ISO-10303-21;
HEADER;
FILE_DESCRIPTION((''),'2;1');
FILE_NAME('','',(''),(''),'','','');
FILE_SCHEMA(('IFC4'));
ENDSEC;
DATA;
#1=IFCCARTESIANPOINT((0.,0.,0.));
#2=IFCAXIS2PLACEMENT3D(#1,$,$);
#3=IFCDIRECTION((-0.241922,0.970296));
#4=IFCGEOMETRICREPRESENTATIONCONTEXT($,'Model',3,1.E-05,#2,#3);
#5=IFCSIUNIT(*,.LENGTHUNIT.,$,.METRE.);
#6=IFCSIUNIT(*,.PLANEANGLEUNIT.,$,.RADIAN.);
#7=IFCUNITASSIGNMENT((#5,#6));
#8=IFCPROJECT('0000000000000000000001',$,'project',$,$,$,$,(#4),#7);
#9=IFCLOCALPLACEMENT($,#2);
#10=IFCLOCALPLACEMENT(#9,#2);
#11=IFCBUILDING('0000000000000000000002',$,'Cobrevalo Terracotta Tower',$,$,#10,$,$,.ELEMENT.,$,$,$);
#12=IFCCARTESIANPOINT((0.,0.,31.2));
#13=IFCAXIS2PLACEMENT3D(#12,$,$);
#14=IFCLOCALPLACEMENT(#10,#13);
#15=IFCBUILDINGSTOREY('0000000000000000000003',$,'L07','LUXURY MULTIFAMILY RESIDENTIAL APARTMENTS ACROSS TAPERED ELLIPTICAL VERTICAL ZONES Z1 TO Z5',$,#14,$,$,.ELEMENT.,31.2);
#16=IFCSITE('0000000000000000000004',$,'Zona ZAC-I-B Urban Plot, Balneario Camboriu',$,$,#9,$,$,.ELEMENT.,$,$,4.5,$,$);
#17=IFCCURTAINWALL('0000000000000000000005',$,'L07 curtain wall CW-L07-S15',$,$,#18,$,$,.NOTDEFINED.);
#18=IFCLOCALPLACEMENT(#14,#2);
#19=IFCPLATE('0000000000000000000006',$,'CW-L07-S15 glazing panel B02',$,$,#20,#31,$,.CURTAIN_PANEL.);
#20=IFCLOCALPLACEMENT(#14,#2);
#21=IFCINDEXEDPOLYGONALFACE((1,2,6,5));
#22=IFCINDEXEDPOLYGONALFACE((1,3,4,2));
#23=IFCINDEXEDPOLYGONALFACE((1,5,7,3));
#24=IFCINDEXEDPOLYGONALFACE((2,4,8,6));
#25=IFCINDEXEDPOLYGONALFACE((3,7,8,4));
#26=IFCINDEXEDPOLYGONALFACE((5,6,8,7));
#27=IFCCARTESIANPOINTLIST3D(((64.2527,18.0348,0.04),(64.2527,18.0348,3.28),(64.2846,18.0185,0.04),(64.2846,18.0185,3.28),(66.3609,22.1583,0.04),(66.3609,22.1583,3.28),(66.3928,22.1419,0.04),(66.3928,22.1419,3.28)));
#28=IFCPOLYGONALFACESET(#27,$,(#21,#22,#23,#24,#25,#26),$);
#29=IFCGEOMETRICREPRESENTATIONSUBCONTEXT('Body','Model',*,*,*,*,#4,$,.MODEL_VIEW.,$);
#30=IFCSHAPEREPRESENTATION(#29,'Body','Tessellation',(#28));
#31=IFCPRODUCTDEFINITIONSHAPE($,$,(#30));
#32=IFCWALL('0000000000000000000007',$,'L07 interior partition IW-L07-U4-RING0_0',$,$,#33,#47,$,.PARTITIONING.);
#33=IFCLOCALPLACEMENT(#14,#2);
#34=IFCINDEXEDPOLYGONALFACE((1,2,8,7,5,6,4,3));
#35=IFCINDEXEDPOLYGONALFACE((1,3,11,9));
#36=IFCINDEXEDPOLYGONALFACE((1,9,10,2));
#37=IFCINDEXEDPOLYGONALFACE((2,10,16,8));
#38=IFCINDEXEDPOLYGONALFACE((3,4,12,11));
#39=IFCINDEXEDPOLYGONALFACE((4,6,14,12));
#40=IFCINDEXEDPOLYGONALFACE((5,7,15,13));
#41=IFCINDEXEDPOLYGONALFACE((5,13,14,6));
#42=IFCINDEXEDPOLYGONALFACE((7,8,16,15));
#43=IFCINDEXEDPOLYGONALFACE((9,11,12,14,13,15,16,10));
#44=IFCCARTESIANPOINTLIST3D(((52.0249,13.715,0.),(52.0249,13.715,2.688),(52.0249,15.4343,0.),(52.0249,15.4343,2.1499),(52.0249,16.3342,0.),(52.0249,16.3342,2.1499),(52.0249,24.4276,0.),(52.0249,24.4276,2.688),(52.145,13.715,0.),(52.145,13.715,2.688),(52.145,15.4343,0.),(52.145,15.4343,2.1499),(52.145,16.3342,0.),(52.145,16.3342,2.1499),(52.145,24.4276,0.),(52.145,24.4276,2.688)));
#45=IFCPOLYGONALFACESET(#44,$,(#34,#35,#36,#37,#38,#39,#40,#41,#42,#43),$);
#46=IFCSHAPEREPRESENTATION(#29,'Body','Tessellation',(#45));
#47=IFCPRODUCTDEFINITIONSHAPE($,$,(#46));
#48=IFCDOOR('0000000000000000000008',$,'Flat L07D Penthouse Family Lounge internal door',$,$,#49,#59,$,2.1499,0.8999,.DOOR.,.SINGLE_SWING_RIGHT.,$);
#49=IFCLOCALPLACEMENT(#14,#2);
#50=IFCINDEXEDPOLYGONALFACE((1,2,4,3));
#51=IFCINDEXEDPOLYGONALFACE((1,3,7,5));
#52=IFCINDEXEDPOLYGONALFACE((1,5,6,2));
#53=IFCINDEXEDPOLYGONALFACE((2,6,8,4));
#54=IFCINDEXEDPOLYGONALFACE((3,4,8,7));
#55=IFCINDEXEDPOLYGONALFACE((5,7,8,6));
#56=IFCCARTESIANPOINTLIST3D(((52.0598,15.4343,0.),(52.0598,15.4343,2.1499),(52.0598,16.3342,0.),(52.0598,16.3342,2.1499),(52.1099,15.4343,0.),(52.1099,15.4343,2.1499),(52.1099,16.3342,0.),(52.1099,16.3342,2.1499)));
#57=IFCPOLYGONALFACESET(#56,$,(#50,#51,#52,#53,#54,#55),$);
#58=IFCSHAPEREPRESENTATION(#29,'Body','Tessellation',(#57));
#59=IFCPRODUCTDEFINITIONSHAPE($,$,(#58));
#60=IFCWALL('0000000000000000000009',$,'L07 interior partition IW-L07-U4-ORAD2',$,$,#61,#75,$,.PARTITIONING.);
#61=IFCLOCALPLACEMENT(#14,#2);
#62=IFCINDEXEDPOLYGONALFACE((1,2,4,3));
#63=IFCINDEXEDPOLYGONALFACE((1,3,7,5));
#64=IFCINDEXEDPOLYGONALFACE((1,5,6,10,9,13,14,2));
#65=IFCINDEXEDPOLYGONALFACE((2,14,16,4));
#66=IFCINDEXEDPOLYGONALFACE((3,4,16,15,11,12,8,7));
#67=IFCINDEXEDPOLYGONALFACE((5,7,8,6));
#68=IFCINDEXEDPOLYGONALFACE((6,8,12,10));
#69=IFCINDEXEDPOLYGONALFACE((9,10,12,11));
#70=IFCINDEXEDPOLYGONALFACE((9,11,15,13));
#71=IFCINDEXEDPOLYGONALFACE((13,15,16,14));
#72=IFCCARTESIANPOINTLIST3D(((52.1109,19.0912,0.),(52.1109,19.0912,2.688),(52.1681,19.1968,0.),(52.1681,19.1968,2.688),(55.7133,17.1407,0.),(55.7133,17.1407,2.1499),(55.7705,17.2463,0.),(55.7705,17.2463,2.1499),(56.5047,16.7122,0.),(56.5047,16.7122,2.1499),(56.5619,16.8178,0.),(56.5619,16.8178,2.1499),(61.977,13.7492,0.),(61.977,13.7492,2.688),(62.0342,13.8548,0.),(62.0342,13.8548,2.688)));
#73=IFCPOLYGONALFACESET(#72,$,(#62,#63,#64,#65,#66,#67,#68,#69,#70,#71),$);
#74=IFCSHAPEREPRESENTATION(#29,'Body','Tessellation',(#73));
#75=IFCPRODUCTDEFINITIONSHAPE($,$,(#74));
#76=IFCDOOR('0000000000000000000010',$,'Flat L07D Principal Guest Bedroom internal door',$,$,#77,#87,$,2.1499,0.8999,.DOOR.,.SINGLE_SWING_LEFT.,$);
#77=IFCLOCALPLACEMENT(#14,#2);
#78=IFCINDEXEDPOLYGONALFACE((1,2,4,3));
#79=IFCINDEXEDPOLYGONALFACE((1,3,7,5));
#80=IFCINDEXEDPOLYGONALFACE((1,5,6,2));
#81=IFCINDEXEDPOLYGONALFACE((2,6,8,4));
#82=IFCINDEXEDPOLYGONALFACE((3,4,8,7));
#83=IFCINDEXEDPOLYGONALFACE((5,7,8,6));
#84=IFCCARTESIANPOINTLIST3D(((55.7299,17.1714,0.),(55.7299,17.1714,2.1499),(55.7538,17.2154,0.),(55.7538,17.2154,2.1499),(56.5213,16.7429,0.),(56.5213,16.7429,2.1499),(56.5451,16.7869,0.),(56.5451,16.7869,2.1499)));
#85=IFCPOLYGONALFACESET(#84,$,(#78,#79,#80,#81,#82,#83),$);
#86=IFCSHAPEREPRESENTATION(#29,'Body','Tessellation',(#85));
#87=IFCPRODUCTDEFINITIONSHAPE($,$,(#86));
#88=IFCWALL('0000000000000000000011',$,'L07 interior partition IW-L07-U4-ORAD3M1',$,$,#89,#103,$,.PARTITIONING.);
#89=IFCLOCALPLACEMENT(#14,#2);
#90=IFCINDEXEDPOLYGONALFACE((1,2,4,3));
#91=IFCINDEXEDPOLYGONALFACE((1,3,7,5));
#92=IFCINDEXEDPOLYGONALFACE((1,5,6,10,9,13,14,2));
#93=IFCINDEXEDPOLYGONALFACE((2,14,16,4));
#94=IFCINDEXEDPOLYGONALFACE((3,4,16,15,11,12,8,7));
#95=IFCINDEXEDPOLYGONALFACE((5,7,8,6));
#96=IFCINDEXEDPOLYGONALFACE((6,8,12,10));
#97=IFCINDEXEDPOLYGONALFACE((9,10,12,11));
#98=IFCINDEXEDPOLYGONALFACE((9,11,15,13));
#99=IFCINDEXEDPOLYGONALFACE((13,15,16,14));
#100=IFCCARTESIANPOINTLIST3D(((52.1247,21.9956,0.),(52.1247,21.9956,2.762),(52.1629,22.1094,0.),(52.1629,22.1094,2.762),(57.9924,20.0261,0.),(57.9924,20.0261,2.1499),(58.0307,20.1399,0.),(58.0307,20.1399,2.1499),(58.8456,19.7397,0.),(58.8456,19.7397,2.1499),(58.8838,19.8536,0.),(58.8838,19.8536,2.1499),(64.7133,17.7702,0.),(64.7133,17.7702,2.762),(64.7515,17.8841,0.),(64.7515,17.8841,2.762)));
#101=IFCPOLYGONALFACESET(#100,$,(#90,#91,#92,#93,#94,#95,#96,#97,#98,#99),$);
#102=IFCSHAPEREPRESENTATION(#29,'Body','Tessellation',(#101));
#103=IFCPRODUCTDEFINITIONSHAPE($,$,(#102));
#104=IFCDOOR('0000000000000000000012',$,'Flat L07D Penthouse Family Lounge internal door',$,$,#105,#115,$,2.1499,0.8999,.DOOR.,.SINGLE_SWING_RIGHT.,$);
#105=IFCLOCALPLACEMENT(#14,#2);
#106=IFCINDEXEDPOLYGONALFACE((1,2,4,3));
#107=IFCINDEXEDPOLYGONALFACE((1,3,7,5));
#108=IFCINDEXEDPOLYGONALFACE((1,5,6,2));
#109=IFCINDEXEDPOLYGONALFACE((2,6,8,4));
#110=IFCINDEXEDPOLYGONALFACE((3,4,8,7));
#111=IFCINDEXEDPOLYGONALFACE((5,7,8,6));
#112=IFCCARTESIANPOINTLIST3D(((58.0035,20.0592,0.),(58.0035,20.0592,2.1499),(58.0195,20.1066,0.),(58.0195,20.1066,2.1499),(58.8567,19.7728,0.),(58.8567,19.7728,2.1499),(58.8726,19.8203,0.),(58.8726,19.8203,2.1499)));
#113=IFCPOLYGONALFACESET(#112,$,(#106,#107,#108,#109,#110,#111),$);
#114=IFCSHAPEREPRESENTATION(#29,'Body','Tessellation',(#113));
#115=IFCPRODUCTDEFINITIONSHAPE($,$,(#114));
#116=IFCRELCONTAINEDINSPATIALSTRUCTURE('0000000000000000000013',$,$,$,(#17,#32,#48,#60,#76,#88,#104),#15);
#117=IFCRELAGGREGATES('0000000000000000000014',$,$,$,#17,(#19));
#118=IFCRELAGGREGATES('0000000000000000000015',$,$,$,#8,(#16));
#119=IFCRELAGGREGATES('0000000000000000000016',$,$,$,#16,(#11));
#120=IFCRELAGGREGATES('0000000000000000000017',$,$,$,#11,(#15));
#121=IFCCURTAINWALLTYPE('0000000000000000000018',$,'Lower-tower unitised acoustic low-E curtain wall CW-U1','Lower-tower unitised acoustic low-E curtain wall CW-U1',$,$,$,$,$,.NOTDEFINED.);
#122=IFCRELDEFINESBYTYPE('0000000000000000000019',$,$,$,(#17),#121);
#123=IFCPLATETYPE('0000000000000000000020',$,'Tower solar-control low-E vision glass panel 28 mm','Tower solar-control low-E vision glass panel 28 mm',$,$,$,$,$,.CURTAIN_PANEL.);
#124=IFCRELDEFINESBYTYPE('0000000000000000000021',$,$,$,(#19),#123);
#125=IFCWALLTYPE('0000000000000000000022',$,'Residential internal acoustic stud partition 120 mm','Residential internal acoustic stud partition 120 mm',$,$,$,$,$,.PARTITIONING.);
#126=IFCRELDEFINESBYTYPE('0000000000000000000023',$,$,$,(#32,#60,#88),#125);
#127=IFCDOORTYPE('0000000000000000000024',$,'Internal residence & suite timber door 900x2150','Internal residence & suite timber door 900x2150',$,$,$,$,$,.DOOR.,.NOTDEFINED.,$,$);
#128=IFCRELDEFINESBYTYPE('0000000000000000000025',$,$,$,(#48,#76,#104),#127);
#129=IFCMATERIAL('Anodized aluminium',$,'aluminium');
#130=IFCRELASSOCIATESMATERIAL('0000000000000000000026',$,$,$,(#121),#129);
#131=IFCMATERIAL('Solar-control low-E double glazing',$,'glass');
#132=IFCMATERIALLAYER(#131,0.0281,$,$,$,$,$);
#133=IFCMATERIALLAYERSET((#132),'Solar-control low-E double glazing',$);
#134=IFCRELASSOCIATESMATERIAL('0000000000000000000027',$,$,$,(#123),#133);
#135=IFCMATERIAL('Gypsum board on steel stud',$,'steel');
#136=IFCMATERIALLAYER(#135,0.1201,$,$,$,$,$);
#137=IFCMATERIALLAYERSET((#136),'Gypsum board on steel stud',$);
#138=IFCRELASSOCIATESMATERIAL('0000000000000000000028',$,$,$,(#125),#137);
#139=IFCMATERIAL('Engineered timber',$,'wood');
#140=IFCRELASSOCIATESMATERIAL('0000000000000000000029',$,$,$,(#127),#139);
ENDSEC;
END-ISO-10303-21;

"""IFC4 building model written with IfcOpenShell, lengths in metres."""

from ifc_helpers import new_model, si_unit, direction, frame, frame_2d, origin, origin_2d, place, context, subcontext, project, spatial, rectangle, extrude, source, transform, mapped, material, layer, layer_set, type_object, element, fill, aggregate, save


model = new_model("IFC4")

# Units and contexts
model_context = context("Model", 3, precision=1e-05, world=origin(), true_north=direction((-0.241922, 0.970296)))
body_context = subcontext(model_context, "Body", "Model", "MODEL_VIEW")
ifc_project = project(units=[si_unit("LENGTHUNIT", "METRE"), si_unit("PLANEANGLEUNIT", "RADIAN")], contexts=[model_context])

# Site, building, storey
site_placement = place(None, origin())
site = spatial("IfcSite", under=ifc_project, at=site_placement, Name="Zona ZAC-I-B Urban Plot, Balneario Camboriu", CompositionType="ELEMENT", RefElevation=4.5)
building_placement = place(site_placement, origin())
building = spatial("IfcBuilding", under=site, at=building_placement, Name="Cobrevalo Terracotta Tower", CompositionType="ELEMENT")
storey_placement = place(building_placement, frame((0.0, 0.0, 31.2)))
storey = spatial("IfcBuildingStorey", under=building, at=storey_placement, Name="L07", Description="LUXURY MULTIFAMILY RESIDENTIAL APARTMENTS ACROSS TAPERED ELLIPTICAL VERTICAL ZONES Z1 TO Z5", CompositionType="ELEMENT", Elevation=31.2)

# Curtain wall
ifc_material_1 = material(Name="Anodized aluminium", Category="aluminium")
curtain_wall_type = type_object("IfcCurtainWallType", Name="Lower-tower unitised acoustic low-E curtain wall CW-U1", Description="Lower-tower unitised acoustic low-E curtain wall CW-U1", PredefinedType="NOTDEFINED", material=ifc_material_1)
curtain_wall_1_placement = place(storey_placement, origin())
curtain_wall_1 = element("IfcCurtainWall", 1, at=curtain_wall_1_placement, inside=storey, type_object=curtain_wall_type, Name="L07 curtain wall CW-L07-S15", PredefinedType="NOTDEFINED")

# Plate
ifc_material_2 = material(Name="Solar-control low-E double glazing", Category="glass")
ifc_layer_1 = layer(ifc_material_2, 0.0281)
ifc_layer_set_1 = layer_set([ifc_layer_1], Name="Solar-control low-E double glazing")
plate_type = type_object("IfcPlateType", Name="Tower solar-control low-E vision glass panel 28 mm", Description="Tower solar-control low-E vision glass panel 28 mm", PredefinedType="CURTAIN_PANEL", material=ifc_layer_set_1)
shared_shape_1 = source(origin(), body_context, "Body", "SweptSolid", [
    extrude(rectangle(XDim=4.6311, YDim=0.0359, at=origin_2d()), origin(), (0.0, 0.0, 1.0), 3.24),
])
plate_1_placement = place(storey_placement, frame((65.3228, 20.0884, 0.04), z_axis=(0.0, 0.0, 1.0), x_axis=(0.455231, 0.890373, 0.0)))
plate_1 = element("IfcPlate", 2, at=plate_1_placement, type_object=plate_type, Name="CW-L07-S15 glazing panel B02", PredefinedType="CURTAIN_PANEL", context=body_context, shape_type="MappedRepresentation", body=[
    mapped(shared_shape_1, transform((0.0, 0.0, 0.0), scale=1.0)),
])
aggregate(curtain_wall_1, [plate_1])

# Walls, openings, doors
ifc_material_3 = material(Name="Gypsum board on steel stud", Category="steel")
ifc_layer_2 = layer(ifc_material_3, 0.1201)
ifc_layer_set_2 = layer_set([ifc_layer_2], Name="Gypsum board on steel stud")
wall_type = type_object("IfcWallType", Name="Residential internal acoustic stud partition 120 mm", Description="Residential internal acoustic stud partition 120 mm", PredefinedType="PARTITIONING", material=ifc_layer_set_2)
wall_1_placement = place(storey_placement, frame((52.085, 24.4277, 0.0), z_axis=(0.0, 0.0, 1.0), x_axis=(0.0, -1.0, 0.0)))
wall_1 = element("IfcWall", 3, at=wall_1_placement, inside=storey, type_object=wall_type, Name="L07 interior partition IW-L07-U4-RING0_0", PredefinedType="PARTITIONING", context=body_context, shape_type="SweptSolid", body=[
    extrude(rectangle(XDim=10.7126, YDim=0.1201, at=frame_2d((5.3564, 0.0))), origin(), (0.0, 0.0, 1.0), 2.688),
])
opening_1_placement = place(wall_1_placement, frame((8.0935, 0.0, 0.0)))
opening_1 = element("IfcOpeningElement", 4, at=opening_1_placement, cuts=wall_1, PredefinedType="OPENING", context=body_context, shape_type="SweptSolid", body=[
    extrude(rectangle(XDim=0.8999, YDim=2.1499, at=frame_2d((0.45, 1.075))), frame((0.0, 0.0701, 0.0), z_axis=(0.0, -1.0, 0.0), x_axis=(1.0, 0.0, 0.0)), (0.0, 0.0, 1.0), 0.1401),
])
ifc_material_4 = material(Name="Engineered timber", Category="wood")
door_type = type_object("IfcDoorType", Name="Internal residence & suite timber door 900x2150", Description="Internal residence & suite timber door 900x2150", OperationType="NOTDEFINED", PredefinedType="DOOR", material=ifc_material_4)
shared_shape_2 = source(origin(), body_context, "Body", "SweptSolid", [
    extrude(rectangle(XDim=0.8999, YDim=2.1499, at=frame_2d((0.45, 1.075))), frame((0.0, 0.0249, 0.0), z_axis=(0.0, -1.0, 0.0), x_axis=(1.0, 0.0, 0.0)), (0.0, 0.0, 1.0), 0.05),
])
door_1_placement = place(opening_1_placement, origin())
door_1 = element("IfcDoor", 5, at=door_1_placement, inside=storey, type_object=door_type, Name="Flat L07D Penthouse Family Lounge internal door", OperationType="SINGLE_SWING_RIGHT", OverallHeight=2.1499, OverallWidth=0.8999, PredefinedType="DOOR", context=body_context, shape_type="MappedRepresentation", body=[
    mapped(shared_shape_2, transform((0.0, 0.0, 0.0), scale=1.0)),
])
fill(opening_1, door_1)
wall_2_placement = place(storey_placement, frame((52.1394, 19.144, 0.0), z_axis=(0.0, 0.0, 1.0), x_axis=(0.879372, -0.476135, 0.0)))
wall_2 = element("IfcWall", 6, at=wall_2_placement, inside=storey, type_object=wall_type, Name="L07 interior partition IW-L07-U4-ORAD2", PredefinedType="PARTITIONING", context=body_context, shape_type="SweptSolid", body=[
    extrude(rectangle(XDim=11.2195, YDim=0.1201, at=frame_2d((5.6099, 0.0))), origin(), (0.0, 0.0, 1.0), 2.688),
])
opening_2_placement = place(wall_2_placement, frame((4.0967, 0.0, 0.0)))
opening_2 = element("IfcOpeningElement", 7, at=opening_2_placement, cuts=wall_2, PredefinedType="OPENING", context=body_context, shape_type="SweptSolid", body=[
    extrude(rectangle(XDim=0.8999, YDim=2.1499, at=frame_2d((0.45, 1.075))), frame((0.0, 0.0701, 0.0), z_axis=(0.0, -1.0, 0.0), x_axis=(1.0, 0.0, 0.0)), (0.0, 0.0, 1.0), 0.1401),
])
door_2_placement = place(opening_2_placement, origin())
door_2 = element("IfcDoor", 8, at=door_2_placement, inside=storey, type_object=door_type, Name="Flat L07D Principal Guest Bedroom internal door", OperationType="SINGLE_SWING_LEFT", OverallHeight=2.1499, OverallWidth=0.8999, PredefinedType="DOOR", context=body_context, shape_type="MappedRepresentation", body=[
    mapped(shared_shape_2, transform((0.0, 0.0, 0.0), scale=1.0)),
])
fill(opening_2, door_2)
wall_3_placement = place(storey_placement, frame((52.1438, 22.0525, 0.0), z_axis=(0.0, 0.0, 1.0), x_axis=(0.948023, -0.318202, 0.0)))
wall_3 = element("IfcWall", 9, at=wall_3_placement, inside=storey, type_object=wall_type, Name="L07 interior partition IW-L07-U4-ORAD3M1", PredefinedType="PARTITIONING", context=body_context, shape_type="SweptSolid", body=[
    extrude(rectangle(XDim=13.2788, YDim=0.1201, at=frame_2d((6.6394, 0.0))), origin(), (0.0, 0.0, 1.0), 2.762),
])
opening_3_placement = place(wall_3_placement, frame((6.1895, 0.0, 0.0)))
opening_3 = element("IfcOpeningElement", 10, at=opening_3_placement, cuts=wall_3, PredefinedType="OPENING", context=body_context, shape_type="SweptSolid", body=[
    extrude(rectangle(XDim=0.8999, YDim=2.1499, at=frame_2d((0.45, 1.075))), frame((0.0, 0.0701, 0.0), z_axis=(0.0, -1.0, 0.0), x_axis=(1.0, 0.0, 0.0)), (0.0, 0.0, 1.0), 0.1401),
])
door_3_placement = place(opening_3_placement, origin())
door_3 = element("IfcDoor", 11, at=door_3_placement, inside=storey, type_object=door_type, Name="Flat L07D Penthouse Family Lounge internal door", OperationType="SINGLE_SWING_RIGHT", OverallHeight=2.1499, OverallWidth=0.8999, PredefinedType="DOOR", context=body_context, shape_type="MappedRepresentation", body=[
    mapped(shared_shape_2, transform((0.0, 0.0, 0.0), scale=1.0)),
])
fill(opening_3, door_3)

save(model, "model.ifc")
